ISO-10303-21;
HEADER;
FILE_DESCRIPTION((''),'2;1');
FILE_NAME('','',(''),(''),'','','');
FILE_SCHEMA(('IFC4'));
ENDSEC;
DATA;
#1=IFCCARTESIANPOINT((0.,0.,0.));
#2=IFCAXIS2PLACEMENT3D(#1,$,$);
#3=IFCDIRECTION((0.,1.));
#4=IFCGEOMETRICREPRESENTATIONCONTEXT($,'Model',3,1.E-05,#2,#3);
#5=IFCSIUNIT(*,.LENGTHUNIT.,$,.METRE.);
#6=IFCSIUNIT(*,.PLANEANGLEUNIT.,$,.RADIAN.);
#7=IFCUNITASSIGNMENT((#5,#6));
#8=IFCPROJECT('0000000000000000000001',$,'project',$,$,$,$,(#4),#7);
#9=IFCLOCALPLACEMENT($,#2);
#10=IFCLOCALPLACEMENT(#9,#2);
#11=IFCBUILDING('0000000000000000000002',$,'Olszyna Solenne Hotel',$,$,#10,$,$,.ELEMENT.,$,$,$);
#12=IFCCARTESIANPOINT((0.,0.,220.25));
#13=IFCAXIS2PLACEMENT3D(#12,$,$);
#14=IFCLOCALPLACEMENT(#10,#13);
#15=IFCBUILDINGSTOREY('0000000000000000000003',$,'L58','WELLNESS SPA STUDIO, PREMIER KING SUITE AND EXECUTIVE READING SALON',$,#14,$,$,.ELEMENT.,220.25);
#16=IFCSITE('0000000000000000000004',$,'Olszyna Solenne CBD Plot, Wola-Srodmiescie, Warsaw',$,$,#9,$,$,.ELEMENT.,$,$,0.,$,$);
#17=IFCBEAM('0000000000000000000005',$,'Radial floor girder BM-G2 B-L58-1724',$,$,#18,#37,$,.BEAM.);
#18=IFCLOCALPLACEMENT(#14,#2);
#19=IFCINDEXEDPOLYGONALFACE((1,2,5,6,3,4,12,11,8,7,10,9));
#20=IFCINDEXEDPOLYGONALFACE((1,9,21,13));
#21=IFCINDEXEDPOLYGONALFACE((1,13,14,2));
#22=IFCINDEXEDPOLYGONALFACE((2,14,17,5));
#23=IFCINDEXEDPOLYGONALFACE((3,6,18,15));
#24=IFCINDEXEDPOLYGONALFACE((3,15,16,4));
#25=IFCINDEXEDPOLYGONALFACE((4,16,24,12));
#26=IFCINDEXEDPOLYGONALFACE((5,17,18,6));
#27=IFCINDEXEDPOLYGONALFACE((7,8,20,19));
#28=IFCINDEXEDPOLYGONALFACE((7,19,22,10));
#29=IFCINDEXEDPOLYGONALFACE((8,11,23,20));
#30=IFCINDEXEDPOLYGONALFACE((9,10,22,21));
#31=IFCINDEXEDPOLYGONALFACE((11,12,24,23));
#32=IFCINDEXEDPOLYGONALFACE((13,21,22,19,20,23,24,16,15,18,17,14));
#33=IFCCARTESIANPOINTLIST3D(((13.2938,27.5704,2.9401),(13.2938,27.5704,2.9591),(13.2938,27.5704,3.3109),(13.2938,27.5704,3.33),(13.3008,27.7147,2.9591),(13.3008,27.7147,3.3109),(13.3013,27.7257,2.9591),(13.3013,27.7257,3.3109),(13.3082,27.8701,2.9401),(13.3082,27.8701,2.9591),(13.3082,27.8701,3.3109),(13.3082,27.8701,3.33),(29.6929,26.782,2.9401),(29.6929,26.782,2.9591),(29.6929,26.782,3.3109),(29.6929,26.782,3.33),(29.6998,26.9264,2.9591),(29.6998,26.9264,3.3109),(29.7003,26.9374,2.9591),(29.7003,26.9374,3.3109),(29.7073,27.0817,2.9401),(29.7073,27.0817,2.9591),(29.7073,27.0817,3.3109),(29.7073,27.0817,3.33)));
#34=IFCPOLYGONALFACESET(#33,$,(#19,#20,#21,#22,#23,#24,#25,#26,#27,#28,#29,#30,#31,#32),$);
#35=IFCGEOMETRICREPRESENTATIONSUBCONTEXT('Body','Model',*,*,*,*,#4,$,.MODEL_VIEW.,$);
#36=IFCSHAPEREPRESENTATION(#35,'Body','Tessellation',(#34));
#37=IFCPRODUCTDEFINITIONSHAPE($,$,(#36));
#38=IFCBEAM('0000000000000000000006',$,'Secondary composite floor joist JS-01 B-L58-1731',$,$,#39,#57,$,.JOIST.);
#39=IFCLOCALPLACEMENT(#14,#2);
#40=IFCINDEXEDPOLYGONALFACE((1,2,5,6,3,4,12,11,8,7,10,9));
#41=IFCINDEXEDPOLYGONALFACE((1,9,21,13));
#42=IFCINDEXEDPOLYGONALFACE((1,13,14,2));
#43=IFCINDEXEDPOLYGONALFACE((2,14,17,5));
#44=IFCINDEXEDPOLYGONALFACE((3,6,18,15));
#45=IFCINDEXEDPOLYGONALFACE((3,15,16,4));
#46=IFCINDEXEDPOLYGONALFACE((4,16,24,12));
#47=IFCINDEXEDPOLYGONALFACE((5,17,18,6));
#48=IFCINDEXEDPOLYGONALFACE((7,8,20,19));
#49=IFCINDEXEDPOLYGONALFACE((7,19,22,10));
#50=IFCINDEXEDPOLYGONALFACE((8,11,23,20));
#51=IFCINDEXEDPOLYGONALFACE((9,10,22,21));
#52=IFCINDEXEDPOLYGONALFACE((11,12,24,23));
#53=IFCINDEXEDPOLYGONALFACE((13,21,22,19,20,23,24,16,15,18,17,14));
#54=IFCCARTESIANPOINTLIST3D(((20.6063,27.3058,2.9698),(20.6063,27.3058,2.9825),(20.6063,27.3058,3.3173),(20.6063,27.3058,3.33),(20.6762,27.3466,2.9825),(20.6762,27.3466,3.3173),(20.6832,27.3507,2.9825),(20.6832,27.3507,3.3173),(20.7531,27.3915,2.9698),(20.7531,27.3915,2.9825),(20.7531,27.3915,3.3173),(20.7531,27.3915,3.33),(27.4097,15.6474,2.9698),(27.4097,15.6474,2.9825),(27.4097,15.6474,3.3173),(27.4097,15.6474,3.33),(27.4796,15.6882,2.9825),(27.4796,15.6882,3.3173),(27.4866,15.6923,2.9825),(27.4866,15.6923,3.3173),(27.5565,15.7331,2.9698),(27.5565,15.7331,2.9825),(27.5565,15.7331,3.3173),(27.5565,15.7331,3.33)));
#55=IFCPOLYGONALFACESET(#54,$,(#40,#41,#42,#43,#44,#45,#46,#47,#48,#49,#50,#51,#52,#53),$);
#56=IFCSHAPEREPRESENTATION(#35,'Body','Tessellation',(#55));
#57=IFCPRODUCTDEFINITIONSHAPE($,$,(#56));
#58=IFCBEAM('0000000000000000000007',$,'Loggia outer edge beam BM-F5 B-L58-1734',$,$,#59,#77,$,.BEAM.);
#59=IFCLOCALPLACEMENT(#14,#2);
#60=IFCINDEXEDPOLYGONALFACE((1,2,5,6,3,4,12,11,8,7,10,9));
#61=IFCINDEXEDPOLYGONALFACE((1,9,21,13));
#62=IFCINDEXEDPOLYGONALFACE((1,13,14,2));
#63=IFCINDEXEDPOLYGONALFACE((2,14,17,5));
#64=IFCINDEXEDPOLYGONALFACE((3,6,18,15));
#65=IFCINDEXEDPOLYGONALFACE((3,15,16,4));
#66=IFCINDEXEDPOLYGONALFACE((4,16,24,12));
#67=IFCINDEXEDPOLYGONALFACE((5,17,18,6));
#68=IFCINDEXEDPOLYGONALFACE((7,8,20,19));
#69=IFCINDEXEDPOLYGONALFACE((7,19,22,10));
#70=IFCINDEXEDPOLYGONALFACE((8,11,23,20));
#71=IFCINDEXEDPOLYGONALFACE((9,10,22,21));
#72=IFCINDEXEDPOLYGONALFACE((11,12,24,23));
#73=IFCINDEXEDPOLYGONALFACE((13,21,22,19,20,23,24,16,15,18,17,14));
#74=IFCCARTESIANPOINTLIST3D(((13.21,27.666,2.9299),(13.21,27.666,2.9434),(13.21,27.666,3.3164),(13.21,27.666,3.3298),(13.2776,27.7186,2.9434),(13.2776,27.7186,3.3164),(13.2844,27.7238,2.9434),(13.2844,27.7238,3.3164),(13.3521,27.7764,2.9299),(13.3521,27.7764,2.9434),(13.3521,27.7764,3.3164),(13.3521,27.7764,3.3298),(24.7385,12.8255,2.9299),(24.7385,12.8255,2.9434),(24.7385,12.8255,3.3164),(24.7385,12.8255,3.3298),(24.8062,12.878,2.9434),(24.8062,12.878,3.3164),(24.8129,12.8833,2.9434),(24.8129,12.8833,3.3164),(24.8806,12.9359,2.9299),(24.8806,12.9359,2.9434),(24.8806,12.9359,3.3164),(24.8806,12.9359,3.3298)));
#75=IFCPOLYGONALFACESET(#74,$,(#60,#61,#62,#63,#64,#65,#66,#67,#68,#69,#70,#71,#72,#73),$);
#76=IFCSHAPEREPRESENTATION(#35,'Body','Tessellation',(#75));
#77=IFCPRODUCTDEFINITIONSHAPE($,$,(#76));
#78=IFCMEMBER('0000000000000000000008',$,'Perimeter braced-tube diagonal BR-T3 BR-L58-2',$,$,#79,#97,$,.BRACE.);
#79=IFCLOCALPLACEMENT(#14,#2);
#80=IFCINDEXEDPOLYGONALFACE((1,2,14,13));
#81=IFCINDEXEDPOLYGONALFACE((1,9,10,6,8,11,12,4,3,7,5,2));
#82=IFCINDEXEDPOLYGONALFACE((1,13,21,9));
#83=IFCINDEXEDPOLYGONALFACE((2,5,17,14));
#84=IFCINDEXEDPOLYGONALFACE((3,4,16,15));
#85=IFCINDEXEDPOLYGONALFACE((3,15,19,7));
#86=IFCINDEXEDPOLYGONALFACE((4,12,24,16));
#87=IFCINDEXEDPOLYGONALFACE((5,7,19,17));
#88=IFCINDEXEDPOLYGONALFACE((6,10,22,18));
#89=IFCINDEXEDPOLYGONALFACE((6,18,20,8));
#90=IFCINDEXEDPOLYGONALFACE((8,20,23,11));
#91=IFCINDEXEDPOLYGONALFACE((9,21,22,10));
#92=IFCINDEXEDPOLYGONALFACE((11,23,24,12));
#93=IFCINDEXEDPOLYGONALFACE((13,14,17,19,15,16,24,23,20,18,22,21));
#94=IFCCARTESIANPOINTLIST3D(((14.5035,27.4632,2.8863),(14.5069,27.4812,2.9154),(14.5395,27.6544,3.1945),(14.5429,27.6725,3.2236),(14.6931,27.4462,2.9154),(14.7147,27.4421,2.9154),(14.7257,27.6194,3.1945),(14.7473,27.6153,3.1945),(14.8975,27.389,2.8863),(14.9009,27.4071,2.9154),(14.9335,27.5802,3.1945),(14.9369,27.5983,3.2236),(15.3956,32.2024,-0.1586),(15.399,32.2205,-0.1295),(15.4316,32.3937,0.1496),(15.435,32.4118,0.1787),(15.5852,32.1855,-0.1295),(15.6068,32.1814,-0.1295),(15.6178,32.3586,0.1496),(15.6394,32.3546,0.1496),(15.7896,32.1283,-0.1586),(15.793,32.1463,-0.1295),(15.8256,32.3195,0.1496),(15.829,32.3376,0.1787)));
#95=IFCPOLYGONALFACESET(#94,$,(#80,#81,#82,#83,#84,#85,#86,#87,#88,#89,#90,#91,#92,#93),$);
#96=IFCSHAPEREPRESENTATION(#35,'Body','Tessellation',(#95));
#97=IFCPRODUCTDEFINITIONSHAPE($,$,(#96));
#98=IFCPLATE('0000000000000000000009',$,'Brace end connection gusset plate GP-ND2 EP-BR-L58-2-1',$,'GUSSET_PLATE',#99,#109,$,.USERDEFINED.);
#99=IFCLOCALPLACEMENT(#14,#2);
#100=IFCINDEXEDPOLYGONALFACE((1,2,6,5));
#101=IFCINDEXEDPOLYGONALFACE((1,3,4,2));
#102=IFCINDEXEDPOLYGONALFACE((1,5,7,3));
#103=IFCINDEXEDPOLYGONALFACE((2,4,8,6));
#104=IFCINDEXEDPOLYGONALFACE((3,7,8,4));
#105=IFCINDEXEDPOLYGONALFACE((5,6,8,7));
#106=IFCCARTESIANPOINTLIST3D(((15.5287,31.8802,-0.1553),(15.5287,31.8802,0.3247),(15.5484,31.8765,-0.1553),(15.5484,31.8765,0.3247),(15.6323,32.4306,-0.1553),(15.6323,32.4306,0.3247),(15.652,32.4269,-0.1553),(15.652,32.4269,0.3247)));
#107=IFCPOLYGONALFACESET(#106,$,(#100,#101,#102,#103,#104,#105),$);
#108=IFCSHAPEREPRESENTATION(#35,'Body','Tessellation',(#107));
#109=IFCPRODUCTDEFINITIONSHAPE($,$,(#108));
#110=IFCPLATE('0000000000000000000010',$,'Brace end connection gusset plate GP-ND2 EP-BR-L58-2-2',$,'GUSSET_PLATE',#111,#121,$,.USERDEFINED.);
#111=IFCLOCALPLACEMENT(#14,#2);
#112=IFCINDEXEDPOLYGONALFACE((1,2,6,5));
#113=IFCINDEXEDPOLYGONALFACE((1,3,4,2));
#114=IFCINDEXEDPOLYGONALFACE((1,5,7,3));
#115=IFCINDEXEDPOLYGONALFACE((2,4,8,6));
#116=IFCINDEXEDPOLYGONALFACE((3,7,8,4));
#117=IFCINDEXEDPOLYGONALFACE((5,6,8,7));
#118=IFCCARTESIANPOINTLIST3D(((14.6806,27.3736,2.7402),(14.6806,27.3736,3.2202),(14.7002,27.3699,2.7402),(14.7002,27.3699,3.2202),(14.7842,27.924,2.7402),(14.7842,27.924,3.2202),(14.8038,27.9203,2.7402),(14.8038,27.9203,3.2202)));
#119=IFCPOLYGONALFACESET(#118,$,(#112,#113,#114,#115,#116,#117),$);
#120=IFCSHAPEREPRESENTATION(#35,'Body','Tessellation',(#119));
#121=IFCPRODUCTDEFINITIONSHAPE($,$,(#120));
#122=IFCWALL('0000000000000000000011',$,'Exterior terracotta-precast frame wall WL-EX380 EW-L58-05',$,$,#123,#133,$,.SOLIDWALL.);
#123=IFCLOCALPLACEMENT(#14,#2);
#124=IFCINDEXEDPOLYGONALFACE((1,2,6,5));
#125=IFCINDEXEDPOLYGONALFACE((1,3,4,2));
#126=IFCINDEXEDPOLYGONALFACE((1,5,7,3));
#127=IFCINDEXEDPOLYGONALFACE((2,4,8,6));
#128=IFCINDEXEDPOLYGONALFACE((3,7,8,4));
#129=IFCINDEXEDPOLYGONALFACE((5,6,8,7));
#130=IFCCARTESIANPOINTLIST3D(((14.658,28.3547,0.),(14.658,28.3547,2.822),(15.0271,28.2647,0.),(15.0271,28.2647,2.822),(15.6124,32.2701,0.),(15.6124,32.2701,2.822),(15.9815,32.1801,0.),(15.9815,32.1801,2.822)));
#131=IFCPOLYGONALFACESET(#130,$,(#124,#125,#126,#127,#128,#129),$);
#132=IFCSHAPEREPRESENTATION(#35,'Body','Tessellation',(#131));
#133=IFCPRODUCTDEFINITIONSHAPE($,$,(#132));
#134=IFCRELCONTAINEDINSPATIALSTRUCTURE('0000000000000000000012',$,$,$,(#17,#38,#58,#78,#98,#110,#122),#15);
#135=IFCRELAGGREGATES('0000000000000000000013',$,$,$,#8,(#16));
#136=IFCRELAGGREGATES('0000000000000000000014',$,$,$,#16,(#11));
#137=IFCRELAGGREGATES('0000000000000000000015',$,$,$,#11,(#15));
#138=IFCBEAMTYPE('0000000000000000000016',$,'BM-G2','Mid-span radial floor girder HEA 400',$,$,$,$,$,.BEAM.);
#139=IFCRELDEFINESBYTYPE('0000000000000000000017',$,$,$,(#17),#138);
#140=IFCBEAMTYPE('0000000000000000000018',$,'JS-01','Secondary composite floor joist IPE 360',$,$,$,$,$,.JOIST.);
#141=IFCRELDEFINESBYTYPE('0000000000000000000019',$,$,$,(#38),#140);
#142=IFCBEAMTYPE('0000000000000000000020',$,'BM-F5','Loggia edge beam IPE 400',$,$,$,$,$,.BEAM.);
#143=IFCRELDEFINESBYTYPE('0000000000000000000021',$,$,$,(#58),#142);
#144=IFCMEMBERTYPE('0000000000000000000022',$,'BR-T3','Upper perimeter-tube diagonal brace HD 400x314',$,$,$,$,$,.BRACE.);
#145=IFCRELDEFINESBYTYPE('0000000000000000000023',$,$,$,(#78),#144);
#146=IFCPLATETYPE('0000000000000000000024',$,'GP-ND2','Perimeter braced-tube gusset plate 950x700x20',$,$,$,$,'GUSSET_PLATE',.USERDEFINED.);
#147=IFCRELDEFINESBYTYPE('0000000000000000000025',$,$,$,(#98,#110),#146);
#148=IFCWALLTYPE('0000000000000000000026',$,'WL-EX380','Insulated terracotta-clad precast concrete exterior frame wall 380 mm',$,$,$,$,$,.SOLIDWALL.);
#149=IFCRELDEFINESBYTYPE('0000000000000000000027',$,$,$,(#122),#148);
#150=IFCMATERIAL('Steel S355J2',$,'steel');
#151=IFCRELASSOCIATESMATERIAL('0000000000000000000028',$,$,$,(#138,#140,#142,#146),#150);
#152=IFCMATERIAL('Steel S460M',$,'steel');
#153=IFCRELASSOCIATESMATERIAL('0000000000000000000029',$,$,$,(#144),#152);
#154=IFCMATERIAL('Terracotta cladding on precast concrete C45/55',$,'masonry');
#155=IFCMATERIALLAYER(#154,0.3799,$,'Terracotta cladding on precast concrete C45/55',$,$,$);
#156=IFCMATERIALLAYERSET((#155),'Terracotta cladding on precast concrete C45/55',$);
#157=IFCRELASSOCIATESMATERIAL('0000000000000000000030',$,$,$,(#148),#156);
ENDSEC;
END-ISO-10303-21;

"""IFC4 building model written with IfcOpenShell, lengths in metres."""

from ifc_helpers import new_model, si_unit, direction, frame, frame_2d, origin, origin_2d, place, context, subcontext, project, spatial, rectangle, i_section, extrude, source, transform, mapped, material, layer, layer_set, material_profile, profile_set, type_object, element, save


model = new_model("IFC4")

# Units and contexts
model_context = context("Model", 3, precision=1e-05, world=origin(), true_north=direction((0.0, 1.0)))
body_context = subcontext(model_context, "Body", "Model", "MODEL_VIEW")
ifc_project = project(units=[si_unit("LENGTHUNIT", "METRE"), si_unit("PLANEANGLEUNIT", "RADIAN")], contexts=[model_context])

# Site, building, storey
site_placement = place(None, origin())
site = spatial("IfcSite", under=ifc_project, at=site_placement, Name="Olszyna Solenne CBD Plot, Wola-Srodmiescie, Warsaw", CompositionType="ELEMENT", RefElevation=0.0)
building_placement = place(site_placement, origin())
building = spatial("IfcBuilding", under=site, at=building_placement, Name="Olszyna Solenne Hotel", CompositionType="ELEMENT")
storey_placement = place(building_placement, frame((0.0, 0.0, 220.25)))
storey = spatial("IfcBuildingStorey", under=building, at=storey_placement, Name="L58", Description="WELLNESS SPA STUDIO, PREMIER KING SUITE AND EXECUTIVE READING SALON", CompositionType="ELEMENT", Elevation=220.25)

# Shared definitions
ifc_material_1 = material(Name="Steel S460M", Category="steel")

# Beams
ifc_material_2 = material(Name="Steel S355J2", Category="steel")
ifc_material_profile_1 = material_profile(ifc_material_2, i_section(OverallWidth=0.3, OverallDepth=0.3899, WebThickness=0.011, FlangeThickness=0.019, at=origin_2d()), Name="HEA 400", Category="load-bearing")
ifc_profile_set_1 = profile_set([ifc_material_profile_1], Name="Steel S355J2")
beam_type_1 = type_object("IfcBeamType", Name="BM-G2", Description="Mid-span radial floor girder HEA 400", PredefinedType="BEAM", material=ifc_profile_set_1)
shared_shape_1 = source(origin(), body_context, "Body", "SweptSolid", [
    extrude(i_section(OverallWidth=0.3, OverallDepth=0.3899, WebThickness=0.011, FlangeThickness=0.019, at=origin_2d()), origin(), (0.0, 0.0, 1.0), 16.418),
])
beam_1_placement = place(storey_placement, frame((13.301, 27.7202, 3.135), z_axis=(0.998847, -0.048017, 0.0), x_axis=(0.048017, 0.998847, 0.0)))
element("IfcBeam", 1, at=beam_1_placement, inside=storey, type_object=beam_type_1, Name="Radial floor girder BM-G2 B-L58-1724", PredefinedType="BEAM", context=body_context, shape_type="MappedRepresentation", body=[
    mapped(shared_shape_1, transform((0.0, 0.0, 0.0), x_axis=(1.0, 0.0, 0.0), y_axis=(0.0, 1.0, 0.0), z_axis=(0.0, 0.0, 1.0), scale=1.0)),
])
ifc_material_profile_2 = material_profile(ifc_material_2, i_section(OverallWidth=0.1699, OverallDepth=0.3601, WebThickness=0.0081, FlangeThickness=0.0127, at=origin_2d()), Name="IPE 360", Category="load-bearing")
ifc_profile_set_2 = profile_set([ifc_material_profile_2], Name="Steel S355J2")
beam_type_2 = type_object("IfcBeamType", Name="JS-01", Description="Secondary composite floor joist IPE 360", PredefinedType="JOIST", material=ifc_profile_set_2)
shared_shape_2 = source(origin(), body_context, "Body", "SweptSolid", [
    extrude(i_section(OverallWidth=0.1699, OverallDepth=0.3601, WebThickness=0.0081, FlangeThickness=0.0127, at=origin_2d()), origin(), (0.0, 0.0, 1.0), 13.4983),
])
beam_2_placement = place(storey_placement, frame((20.6797, 27.3486, 3.1499), z_axis=(0.504021, -0.863692, 0.0), x_axis=(0.863692, 0.504021, 0.0)))
element("IfcBeam", 2, at=beam_2_placement, inside=storey, type_object=beam_type_2, Name="Secondary composite floor joist JS-01 B-L58-1731", PredefinedType="JOIST", context=body_context, shape_type="MappedRepresentation", body=[
    mapped(shared_shape_2, transform((0.0, 0.0, 0.0), x_axis=(1.0, 0.0, 0.0), y_axis=(0.0, 1.0, 0.0), z_axis=(0.0, 0.0, 1.0), scale=1.0)),
])
ifc_material_profile_3 = material_profile(ifc_material_2, i_section(OverallWidth=0.1799, OverallDepth=0.3999, WebThickness=0.0085, FlangeThickness=0.0134, at=origin_2d()), Name="IPE 400", Category="load-bearing")
ifc_profile_set_3 = profile_set([ifc_material_profile_3], Name="Steel S355J2")
beam_type_3 = type_object("IfcBeamType", Name="BM-F5", Description="Loggia edge beam IPE 400", PredefinedType="BEAM", material=ifc_profile_set_3)
shared_shape_3 = source(origin(), body_context, "Body", "SweptSolid", [
    extrude(i_section(OverallWidth=0.1799, OverallDepth=0.3999, WebThickness=0.0085, FlangeThickness=0.0134, at=origin_2d()), origin(), (0.0, 0.0, 1.0), 18.7922),
])
beam_3_placement = place(storey_placement, frame((13.281, 27.7212, 3.1299), z_axis=(0.613473, -0.789716, 0.0), x_axis=(0.789716, 0.613473, 0.0)))
element("IfcBeam", 3, at=beam_3_placement, inside=storey, type_object=beam_type_3, Name="Loggia outer edge beam BM-F5 B-L58-1734", PredefinedType="BEAM", context=body_context, shape_type="MappedRepresentation", body=[
    mapped(shared_shape_3, transform((0.0, 0.0, 0.0), x_axis=(1.0, 0.0, 0.0), y_axis=(0.0, 1.0, 0.0), z_axis=(0.0, 0.0, 1.0), scale=1.0)),
])

# Member
ifc_material_profile_4 = material_profile(ifc_material_1, i_section(OverallWidth=0.4009, OverallDepth=0.3989, WebThickness=0.022, FlangeThickness=0.0344, at=origin_2d()), Name="HD 400x314", Category="load-bearing")
ifc_profile_set_4 = profile_set([ifc_material_profile_4], Name="Steel S460M")
member_type = type_object("IfcMemberType", Name="BR-T3", Description="Upper perimeter-tube diagonal brace HD 400x314", PredefinedType="BRACE", material=ifc_profile_set_4)
shared_shape_4 = source(origin(), body_context, "Body", "SweptSolid", [
    extrude(i_section(OverallWidth=0.4009, OverallDepth=0.3989, WebThickness=0.022, FlangeThickness=0.0344, at=origin_2d()), origin(), (0.0, 0.0, 1.0), 5.7034),
])
member_placement = place(storey_placement, frame((15.6123, 32.27, 0.01), z_axis=(-0.156416, -0.830964, 0.533885), x_axis=(0.982741, -0.184985, 0.0)))
element("IfcMember", 4, at=member_placement, inside=storey, type_object=member_type, Name="Perimeter braced-tube diagonal BR-T3 BR-L58-2", PredefinedType="BRACE", context=body_context, shape_type="MappedRepresentation", body=[
    mapped(shared_shape_4, transform((0.0, 0.0, 0.0), x_axis=(1.0, 0.0, 0.0), y_axis=(0.0, 1.0, 0.0), z_axis=(0.0, 0.0, 1.0), scale=1.0)),
])

# Plates
plate_type = type_object("IfcPlateType", Name="GP-ND2", Description="Perimeter braced-tube gusset plate 950x700x20", ElementType="GUSSET_PLATE", PredefinedType="USERDEFINED", material=ifc_material_2)
shared_shape_5 = source(origin(), body_context, "Body", "SweptSolid", [
    extrude(rectangle(XDim=0.5601, YDim=0.02, at=origin_2d()), origin(), (0.0, 0.0, 1.0), 0.48),
])
for number, where, z_axis, x_axis, name in (
    (5, (15.5903, 32.1536, -0.1553), (0.0, 0.0, 1.0), (-0.184981, -0.982742, 0.0), "Brace end connection gusset plate GP-ND2 EP-BR-L58-2-1"),
    (6, (14.7422, 27.647, 2.7402), (0.0, 0.0, 1.0), (-0.184981, -0.982742, 0.0), "Brace end connection gusset plate GP-ND2 EP-BR-L58-2-2"),
):
    element("IfcPlate", number, at=place(storey_placement, frame(where, z_axis=z_axis, x_axis=x_axis)), inside=storey, type_object=plate_type, Name=name, ObjectType="GUSSET_PLATE", PredefinedType="USERDEFINED", context=body_context, shape_type="MappedRepresentation", body=[
        mapped(shared_shape_5, transform((0.0, 0.0, 0.0), x_axis=(1.0, 0.0, 0.0), y_axis=(0.0, 1.0, 0.0), z_axis=(0.0, 0.0, 1.0), scale=1.0)),
    ])

# Wall
ifc_material_3 = material(Name="Terracotta cladding on precast concrete C45/55", Category="masonry")
ifc_layer_1 = layer(ifc_material_3, 0.3799, Name="Terracotta cladding on precast concrete C45/55")
ifc_layer_set_1 = layer_set([ifc_layer_1], Name="Terracotta cladding on precast concrete C45/55")
wall_type_1 = type_object("IfcWallType", Name="WL-EX380", Description="Insulated terracotta-clad precast concrete exterior frame wall 380 mm", PredefinedType="SOLIDWALL", material=ifc_layer_set_1)
wall_1_placement = place(storey_placement, frame((14.8425, 28.3096, 0.0), z_axis=(0.0, 0.0, 1.0), x_axis=(0.236815, 0.971555, 0.0)))
element("IfcWall", 7, at=wall_1_placement, inside=storey, type_object=wall_type_1, Name="Exterior terracotta-precast frame wall WL-EX380 EW-L58-05", PredefinedType="SOLIDWALL", context=body_context, shape_type="SweptSolid", body=[
    extrude(rectangle(XDim=4.03, YDim=0.3799, at=frame_2d((2.0151, 0.0))), origin(), (0.0, 0.0, 1.0), 2.822),
])

save(model, "model.ifc")
